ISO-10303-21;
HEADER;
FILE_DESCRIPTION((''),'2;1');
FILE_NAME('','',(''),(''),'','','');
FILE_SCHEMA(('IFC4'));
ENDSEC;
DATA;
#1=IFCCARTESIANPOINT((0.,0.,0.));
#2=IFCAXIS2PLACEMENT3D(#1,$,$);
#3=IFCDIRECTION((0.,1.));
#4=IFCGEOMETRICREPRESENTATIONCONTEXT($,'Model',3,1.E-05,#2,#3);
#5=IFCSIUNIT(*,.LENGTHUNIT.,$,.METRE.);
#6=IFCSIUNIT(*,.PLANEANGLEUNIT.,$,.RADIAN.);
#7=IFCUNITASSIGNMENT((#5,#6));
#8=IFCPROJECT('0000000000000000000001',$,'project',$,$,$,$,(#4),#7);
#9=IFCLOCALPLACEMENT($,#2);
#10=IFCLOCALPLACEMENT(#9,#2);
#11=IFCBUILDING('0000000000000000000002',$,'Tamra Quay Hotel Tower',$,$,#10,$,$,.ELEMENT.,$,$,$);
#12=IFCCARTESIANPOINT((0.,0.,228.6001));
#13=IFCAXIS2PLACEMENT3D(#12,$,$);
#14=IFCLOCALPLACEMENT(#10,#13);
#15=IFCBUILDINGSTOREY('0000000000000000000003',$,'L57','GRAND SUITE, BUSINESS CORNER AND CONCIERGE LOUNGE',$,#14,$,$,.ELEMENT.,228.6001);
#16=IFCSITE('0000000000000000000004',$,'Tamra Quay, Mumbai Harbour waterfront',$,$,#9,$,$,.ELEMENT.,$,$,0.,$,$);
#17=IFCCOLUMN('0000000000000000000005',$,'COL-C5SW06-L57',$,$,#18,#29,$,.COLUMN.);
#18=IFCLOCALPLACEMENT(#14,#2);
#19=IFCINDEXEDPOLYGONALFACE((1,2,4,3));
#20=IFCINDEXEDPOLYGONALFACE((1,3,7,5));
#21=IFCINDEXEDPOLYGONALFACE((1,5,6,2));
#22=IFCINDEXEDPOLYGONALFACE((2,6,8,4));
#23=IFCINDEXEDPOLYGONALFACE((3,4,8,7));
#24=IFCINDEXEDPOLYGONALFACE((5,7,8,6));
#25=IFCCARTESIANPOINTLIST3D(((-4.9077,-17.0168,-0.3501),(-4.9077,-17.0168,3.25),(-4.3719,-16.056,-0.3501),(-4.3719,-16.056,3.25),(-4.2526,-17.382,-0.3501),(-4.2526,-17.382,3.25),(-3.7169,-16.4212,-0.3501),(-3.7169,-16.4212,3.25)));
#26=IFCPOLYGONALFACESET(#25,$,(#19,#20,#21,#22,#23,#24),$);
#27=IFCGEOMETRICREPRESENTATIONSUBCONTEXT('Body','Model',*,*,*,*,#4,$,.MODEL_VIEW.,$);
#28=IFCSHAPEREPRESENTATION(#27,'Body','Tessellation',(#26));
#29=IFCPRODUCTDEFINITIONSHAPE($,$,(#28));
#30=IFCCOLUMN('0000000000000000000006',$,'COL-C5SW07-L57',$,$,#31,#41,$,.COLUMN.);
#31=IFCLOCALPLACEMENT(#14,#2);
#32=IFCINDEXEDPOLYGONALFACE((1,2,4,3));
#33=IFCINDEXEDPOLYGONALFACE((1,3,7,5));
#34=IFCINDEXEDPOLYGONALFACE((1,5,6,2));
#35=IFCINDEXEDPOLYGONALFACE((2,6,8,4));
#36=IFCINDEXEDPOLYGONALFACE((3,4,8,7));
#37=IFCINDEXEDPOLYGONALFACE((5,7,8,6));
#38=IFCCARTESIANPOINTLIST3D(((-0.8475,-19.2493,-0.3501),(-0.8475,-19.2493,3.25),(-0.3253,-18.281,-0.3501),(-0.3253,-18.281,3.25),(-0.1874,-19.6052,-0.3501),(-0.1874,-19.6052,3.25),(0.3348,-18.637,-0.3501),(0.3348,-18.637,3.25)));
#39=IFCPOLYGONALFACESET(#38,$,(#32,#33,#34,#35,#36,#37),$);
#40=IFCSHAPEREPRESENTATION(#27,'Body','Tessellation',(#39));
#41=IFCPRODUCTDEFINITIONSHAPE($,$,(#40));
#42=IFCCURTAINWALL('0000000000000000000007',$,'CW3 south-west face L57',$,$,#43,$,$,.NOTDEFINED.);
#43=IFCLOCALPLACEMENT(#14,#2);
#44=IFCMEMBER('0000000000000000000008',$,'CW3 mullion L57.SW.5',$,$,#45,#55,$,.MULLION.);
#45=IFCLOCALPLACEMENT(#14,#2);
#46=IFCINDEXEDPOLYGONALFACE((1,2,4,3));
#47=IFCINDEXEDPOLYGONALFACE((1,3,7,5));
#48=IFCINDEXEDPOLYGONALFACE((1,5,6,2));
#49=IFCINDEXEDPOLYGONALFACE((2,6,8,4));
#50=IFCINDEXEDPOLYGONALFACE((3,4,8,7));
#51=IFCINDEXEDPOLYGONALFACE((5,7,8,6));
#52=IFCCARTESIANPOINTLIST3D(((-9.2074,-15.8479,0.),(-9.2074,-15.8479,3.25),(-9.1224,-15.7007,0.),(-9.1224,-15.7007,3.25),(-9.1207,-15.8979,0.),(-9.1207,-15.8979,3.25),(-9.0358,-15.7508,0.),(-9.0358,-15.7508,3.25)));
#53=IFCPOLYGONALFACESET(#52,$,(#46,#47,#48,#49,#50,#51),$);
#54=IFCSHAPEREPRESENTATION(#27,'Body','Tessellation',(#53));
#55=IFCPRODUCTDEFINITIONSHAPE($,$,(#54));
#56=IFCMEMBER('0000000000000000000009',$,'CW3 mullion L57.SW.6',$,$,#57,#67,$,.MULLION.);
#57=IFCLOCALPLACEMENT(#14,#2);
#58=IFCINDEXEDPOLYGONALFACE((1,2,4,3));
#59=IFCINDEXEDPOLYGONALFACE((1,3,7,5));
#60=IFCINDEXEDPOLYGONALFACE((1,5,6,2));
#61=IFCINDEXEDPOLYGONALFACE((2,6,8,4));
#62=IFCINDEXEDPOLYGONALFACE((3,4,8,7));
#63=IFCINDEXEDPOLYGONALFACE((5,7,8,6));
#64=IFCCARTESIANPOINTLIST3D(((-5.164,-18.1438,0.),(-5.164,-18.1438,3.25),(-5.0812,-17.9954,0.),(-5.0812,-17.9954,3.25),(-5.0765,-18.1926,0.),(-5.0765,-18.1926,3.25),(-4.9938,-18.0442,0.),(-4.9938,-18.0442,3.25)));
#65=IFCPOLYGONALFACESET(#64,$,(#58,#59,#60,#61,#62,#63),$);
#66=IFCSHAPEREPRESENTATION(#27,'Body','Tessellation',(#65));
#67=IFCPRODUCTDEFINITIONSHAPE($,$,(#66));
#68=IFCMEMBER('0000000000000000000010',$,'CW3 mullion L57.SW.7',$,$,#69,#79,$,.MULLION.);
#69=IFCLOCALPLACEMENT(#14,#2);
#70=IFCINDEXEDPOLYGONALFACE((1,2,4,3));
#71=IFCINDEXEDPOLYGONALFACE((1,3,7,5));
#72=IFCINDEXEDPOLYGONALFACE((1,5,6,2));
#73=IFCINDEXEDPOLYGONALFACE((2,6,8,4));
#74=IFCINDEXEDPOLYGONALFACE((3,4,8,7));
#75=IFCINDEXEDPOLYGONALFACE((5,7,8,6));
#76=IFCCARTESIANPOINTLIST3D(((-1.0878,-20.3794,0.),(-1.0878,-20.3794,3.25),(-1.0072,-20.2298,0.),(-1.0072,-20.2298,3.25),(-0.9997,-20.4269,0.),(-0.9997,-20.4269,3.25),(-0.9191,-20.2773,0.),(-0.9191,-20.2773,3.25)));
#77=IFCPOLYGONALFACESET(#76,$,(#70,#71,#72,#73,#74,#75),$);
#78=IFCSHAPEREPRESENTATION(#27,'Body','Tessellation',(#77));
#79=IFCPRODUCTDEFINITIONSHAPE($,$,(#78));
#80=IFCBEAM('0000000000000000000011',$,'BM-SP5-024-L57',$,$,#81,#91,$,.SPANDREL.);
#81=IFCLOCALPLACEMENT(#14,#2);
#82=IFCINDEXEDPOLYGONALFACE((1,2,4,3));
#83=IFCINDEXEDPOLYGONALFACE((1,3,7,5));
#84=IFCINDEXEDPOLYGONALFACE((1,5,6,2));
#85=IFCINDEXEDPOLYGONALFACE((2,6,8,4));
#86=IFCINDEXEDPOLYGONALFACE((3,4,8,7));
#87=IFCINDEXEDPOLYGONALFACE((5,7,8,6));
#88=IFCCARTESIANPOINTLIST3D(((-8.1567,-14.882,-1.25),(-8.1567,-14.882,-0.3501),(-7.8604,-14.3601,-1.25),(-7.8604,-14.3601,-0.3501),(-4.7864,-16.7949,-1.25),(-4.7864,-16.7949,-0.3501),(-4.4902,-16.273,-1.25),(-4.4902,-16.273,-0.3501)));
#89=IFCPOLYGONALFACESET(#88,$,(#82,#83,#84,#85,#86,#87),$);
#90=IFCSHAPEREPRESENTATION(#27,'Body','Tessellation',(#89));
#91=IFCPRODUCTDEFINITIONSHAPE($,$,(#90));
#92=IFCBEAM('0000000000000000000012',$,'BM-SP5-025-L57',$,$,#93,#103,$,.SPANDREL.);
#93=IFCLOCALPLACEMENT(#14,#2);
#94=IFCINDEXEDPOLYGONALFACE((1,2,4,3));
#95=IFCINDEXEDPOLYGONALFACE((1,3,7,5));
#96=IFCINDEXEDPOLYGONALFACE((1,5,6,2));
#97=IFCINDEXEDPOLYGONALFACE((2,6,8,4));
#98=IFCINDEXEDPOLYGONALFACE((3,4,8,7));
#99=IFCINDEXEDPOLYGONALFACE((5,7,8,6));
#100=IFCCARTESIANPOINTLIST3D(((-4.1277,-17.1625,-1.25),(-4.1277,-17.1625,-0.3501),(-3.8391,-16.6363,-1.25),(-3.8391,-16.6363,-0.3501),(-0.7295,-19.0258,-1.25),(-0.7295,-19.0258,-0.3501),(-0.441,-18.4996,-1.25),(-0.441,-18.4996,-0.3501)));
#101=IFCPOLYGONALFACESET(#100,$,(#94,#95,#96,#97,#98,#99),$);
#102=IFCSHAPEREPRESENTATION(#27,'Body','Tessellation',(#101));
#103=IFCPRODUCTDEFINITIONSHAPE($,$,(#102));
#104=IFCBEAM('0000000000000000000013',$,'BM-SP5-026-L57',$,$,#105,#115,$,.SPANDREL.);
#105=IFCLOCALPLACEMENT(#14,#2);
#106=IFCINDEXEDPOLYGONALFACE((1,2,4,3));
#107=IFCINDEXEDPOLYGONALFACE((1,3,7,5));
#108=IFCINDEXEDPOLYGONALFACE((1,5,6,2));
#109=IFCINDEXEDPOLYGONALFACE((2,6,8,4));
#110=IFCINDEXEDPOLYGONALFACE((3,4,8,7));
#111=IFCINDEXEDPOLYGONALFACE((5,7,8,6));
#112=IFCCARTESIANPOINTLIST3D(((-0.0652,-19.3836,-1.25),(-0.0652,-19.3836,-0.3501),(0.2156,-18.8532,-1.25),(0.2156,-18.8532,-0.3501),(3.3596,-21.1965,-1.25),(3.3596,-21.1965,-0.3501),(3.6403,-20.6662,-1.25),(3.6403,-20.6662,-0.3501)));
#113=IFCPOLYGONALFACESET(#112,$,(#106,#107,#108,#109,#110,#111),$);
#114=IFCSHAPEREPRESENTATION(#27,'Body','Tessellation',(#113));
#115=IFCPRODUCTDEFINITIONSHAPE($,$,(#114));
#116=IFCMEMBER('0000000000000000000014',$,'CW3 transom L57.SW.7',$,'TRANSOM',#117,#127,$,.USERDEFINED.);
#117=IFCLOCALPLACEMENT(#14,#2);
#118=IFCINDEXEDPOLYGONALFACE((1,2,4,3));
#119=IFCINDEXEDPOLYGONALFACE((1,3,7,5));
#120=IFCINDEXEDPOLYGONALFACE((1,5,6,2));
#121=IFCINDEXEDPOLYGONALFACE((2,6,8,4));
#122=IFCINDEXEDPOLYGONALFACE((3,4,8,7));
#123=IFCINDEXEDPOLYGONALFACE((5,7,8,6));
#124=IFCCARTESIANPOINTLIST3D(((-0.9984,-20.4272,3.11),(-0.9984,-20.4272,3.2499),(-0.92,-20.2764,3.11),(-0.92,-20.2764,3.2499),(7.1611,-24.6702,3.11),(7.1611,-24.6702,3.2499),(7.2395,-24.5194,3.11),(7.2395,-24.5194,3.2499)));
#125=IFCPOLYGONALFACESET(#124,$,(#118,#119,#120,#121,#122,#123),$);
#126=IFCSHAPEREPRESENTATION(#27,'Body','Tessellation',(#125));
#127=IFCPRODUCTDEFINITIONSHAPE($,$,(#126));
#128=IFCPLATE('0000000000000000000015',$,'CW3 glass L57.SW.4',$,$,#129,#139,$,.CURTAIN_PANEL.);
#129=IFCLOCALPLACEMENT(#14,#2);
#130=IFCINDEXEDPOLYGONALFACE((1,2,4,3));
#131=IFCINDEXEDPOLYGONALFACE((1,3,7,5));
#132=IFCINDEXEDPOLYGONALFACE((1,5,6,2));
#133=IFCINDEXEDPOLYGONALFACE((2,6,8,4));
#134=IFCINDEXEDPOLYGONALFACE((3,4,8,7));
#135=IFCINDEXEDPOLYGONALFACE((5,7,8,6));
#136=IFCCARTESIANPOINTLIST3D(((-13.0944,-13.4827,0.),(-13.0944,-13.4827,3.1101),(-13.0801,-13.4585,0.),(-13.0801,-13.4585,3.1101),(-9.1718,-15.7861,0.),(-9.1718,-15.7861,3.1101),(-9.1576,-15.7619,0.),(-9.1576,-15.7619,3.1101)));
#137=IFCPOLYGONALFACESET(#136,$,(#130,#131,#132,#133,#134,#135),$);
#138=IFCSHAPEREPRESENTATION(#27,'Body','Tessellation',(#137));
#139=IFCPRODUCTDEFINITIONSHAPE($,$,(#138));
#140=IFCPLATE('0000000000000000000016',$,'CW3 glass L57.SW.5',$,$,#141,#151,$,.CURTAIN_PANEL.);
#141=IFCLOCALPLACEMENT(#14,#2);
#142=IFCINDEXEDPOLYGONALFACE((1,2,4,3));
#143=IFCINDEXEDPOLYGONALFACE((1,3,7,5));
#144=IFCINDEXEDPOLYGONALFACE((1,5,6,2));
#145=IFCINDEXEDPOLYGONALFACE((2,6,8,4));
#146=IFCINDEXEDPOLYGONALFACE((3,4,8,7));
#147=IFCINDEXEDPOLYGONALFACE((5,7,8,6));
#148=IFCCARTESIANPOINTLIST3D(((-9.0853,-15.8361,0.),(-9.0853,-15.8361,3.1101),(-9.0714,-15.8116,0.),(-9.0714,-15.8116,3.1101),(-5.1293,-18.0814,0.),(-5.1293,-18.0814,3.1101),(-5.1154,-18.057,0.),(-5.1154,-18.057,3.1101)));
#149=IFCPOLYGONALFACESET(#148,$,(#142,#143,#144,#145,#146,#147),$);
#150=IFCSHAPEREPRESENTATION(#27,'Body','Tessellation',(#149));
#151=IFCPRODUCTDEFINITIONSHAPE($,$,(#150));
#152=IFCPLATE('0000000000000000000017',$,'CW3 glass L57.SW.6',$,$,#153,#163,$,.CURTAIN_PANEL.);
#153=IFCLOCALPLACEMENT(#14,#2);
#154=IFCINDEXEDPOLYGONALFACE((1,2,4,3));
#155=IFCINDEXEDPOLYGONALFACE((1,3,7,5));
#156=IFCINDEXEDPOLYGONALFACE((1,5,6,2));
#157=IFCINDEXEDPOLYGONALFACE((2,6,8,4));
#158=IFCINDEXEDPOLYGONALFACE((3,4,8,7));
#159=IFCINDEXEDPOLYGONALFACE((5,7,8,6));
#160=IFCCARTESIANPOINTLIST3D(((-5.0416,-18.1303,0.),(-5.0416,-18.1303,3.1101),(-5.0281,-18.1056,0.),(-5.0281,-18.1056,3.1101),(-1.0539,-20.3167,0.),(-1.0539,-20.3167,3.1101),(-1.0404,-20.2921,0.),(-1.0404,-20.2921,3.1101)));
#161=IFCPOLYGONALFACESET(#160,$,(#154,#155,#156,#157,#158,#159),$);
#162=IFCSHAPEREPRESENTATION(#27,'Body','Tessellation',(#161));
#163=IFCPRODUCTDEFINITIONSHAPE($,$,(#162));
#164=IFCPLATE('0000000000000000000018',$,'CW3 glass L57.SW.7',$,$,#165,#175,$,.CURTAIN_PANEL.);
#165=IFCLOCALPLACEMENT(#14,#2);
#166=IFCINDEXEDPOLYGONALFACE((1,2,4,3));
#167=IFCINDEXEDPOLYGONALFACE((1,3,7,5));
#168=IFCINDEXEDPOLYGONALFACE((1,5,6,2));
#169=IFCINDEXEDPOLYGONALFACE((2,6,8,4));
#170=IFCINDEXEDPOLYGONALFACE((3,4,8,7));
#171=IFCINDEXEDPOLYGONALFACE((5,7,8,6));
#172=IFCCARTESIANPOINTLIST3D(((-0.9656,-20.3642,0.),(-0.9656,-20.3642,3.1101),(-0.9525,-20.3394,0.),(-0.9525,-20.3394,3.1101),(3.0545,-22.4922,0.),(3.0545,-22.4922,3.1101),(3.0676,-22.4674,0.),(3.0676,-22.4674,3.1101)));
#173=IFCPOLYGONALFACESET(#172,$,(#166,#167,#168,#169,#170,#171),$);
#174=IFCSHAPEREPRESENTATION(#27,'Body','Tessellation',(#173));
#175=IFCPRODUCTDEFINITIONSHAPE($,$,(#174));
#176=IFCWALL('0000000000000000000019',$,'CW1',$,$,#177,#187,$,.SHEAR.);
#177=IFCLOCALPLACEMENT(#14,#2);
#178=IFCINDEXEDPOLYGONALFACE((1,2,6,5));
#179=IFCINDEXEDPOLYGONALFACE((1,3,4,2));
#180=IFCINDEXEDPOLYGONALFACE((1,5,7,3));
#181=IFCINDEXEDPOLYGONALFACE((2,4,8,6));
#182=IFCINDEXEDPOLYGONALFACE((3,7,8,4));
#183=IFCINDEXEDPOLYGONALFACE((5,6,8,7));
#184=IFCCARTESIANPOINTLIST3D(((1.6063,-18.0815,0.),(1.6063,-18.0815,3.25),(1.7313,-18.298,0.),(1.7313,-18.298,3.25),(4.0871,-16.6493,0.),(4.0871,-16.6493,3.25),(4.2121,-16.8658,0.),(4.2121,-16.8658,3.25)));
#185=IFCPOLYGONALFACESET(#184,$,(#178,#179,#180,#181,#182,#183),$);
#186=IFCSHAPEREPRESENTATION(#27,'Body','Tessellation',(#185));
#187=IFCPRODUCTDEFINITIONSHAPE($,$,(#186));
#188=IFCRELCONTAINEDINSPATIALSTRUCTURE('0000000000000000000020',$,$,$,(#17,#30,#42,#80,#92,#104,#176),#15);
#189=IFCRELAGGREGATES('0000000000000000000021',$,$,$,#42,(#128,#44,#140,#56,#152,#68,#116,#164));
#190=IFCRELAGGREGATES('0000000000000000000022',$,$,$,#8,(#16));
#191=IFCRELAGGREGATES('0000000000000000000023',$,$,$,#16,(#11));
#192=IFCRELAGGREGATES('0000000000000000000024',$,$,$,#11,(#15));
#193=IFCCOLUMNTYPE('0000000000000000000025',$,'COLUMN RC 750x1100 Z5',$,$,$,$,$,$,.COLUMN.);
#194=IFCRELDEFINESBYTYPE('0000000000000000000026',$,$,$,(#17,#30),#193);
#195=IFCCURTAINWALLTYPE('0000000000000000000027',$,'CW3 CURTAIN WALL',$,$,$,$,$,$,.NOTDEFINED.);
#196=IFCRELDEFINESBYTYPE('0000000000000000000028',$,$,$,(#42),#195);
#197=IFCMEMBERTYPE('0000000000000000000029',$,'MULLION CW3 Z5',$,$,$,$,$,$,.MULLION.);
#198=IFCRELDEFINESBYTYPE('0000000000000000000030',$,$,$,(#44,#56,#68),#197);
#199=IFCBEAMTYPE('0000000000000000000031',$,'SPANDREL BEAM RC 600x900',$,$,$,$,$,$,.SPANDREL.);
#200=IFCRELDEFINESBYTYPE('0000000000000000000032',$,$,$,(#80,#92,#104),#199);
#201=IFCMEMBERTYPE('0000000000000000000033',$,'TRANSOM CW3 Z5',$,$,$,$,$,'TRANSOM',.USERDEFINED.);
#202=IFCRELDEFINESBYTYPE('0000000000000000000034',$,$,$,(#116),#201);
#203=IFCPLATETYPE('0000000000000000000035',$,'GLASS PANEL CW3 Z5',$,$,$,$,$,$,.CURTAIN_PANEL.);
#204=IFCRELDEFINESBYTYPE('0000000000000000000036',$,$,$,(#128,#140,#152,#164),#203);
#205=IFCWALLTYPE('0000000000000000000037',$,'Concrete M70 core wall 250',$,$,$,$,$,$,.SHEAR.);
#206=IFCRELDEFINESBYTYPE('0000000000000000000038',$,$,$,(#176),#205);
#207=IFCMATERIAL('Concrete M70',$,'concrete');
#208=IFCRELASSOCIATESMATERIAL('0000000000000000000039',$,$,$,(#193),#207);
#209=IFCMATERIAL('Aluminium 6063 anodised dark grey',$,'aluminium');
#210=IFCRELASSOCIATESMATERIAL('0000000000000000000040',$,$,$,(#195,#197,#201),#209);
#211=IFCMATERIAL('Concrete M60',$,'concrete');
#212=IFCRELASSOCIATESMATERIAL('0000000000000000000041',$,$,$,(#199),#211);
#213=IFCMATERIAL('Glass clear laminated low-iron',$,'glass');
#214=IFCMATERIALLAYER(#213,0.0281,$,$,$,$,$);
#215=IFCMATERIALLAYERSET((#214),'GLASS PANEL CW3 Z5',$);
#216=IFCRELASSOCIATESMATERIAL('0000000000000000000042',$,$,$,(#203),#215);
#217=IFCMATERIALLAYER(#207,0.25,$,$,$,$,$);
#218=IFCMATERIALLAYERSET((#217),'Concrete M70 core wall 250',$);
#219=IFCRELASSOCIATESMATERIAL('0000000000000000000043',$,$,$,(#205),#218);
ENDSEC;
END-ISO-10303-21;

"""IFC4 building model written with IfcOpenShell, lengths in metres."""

from ifc_helpers import new_model, si_unit, direction, frame, frame_2d, origin, origin_2d, place, context, subcontext, project, spatial, rectangle, extrude, material, layer, layer_set, material_profile, profile_set, type_object, element, aggregate, save


model = new_model("IFC4")

# Units and contexts
model_context = context("Model", 3, precision=1e-05, world=origin(), true_north=direction((0.0, 1.0)))
body_context = subcontext(model_context, "Body", "Model", "MODEL_VIEW")
ifc_project = project(units=[si_unit("LENGTHUNIT", "METRE"), si_unit("PLANEANGLEUNIT", "RADIAN")], contexts=[model_context])

# Site, building, storey
site_placement = place(None, origin())
site = spatial("IfcSite", under=ifc_project, at=site_placement, Name="Tamra Quay, Mumbai Harbour waterfront", CompositionType="ELEMENT", RefElevation=0.0)
building_placement = place(site_placement, origin())
building = spatial("IfcBuilding", under=site, at=building_placement, Name="Tamra Quay Hotel Tower", CompositionType="ELEMENT")
storey_placement = place(building_placement, frame((0.0, 0.0, 228.6001)))
storey = spatial("IfcBuildingStorey", under=building, at=storey_placement, Name="L57", Description="GRAND SUITE, BUSINESS CORNER AND CONCIERGE LOUNGE", CompositionType="ELEMENT", Elevation=228.6001)

# Columns
ifc_material_1 = material(Name="Concrete M70", Category="concrete")
ifc_material_profile_1 = material_profile(ifc_material_1, rectangle(XDim=1.1001, YDim=0.75, at=origin_2d()), Name="COLUMN RC 750x1100 Z5")
ifc_profile_set_1 = profile_set([ifc_material_profile_1], Name="Concrete M70")
column_type = type_object("IfcColumnType", Name="COLUMN RC 750x1100 Z5", PredefinedType="COLUMN", material=ifc_profile_set_1)
for number, where, z_axis, x_axis, name in (
    (1, (-4.3123, -16.719, -0.3501), (0.0, 0.0, 1.0), (0.486989, 0.873408, 0.0), "COL-C5SW06-L57"),
    (2, (-0.2563, -18.9431, -0.3501), (0.0, 0.0, 1.0), (0.474651, 0.880174, 0.0), "COL-C5SW07-L57"),
):
    element("IfcColumn", number, at=place(storey_placement, frame(where, z_axis=z_axis, x_axis=x_axis)), inside=storey, type_object=column_type, Name=name, PredefinedType="COLUMN", context=body_context, shape_type="SweptSolid", body=[
        extrude(rectangle(XDim=1.1001, YDim=0.75, at=origin_2d()), origin(), (0.0, 0.0, 1.0), 3.6001),
    ])

# Curtain wall, members
ifc_material_2 = material(Name="Aluminium 6063 anodised dark grey", Category="aluminium")
curtain_wall_type = type_object("IfcCurtainWallType", Name="CW3 CURTAIN WALL", PredefinedType="NOTDEFINED", material=ifc_material_2)
curtain_wall_placement = place(storey_placement, origin())
curtain_wall = element("IfcCurtainWall", 3, at=curtain_wall_placement, inside=storey, type_object=curtain_wall_type, Name="CW3 south-west face L57", PredefinedType="NOTDEFINED")
ifc_material_profile_2 = material_profile(ifc_material_2, rectangle(XDim=0.1699, YDim=0.1001, at=origin_2d()), Name="MULLION 100X170")
ifc_profile_set_2 = profile_set([ifc_material_profile_2], Name="Aluminium 6063 anodised dark grey")
member_type_1 = type_object("IfcMemberType", Name="MULLION CW3 Z5", PredefinedType="MULLION", material=ifc_profile_set_2)
member_1_placement = place(storey_placement, frame((-9.1216, -15.7993, 0.0), z_axis=(0.0, 0.0, 1.0), x_axis=(-0.5, -0.866025, 0.0)))
member_1 = element("IfcMember", 4, at=member_1_placement, type_object=member_type_1, Name="CW3 mullion L57.SW.5", PredefinedType="MULLION", context=body_context, shape_type="SweptSolid", body=[
    extrude(rectangle(XDim=0.1699, YDim=0.1001, at=origin_2d()), origin(), (0.0, 0.0, 1.0), 3.25),
])
member_2_placement = place(storey_placement, frame((-5.0789, -18.094, 0.0), z_axis=(0.0, 0.0, 1.0), x_axis=(-0.487204, -0.873288, 0.0)))
member_2 = element("IfcMember", 5, at=member_2_placement, type_object=member_type_1, Name="CW3 mullion L57.SW.6", PredefinedType="MULLION", context=body_context, shape_type="SweptSolid", body=[
    extrude(rectangle(XDim=0.1699, YDim=0.1001, at=origin_2d()), origin(), (0.0, 0.0, 1.0), 3.25),
])
member_3_placement = place(storey_placement, frame((-1.0034, -20.3284, 0.0), z_axis=(0.0, 0.0, 1.0), x_axis=(-0.474319, -0.880353, 0.0)))
member_3 = element("IfcMember", 6, at=member_3_placement, type_object=member_type_1, Name="CW3 mullion L57.SW.7", PredefinedType="MULLION", context=body_context, shape_type="SweptSolid", body=[
    extrude(rectangle(XDim=0.1699, YDim=0.1001, at=origin_2d()), origin(), (0.0, 0.0, 1.0), 3.25),
])

# Beams
ifc_material_3 = material(Name="Concrete M60", Category="concrete")
ifc_material_profile_3 = material_profile(ifc_material_3, rectangle(XDim=0.6001, YDim=0.8999, at=origin_2d()), Name="SPANDREL BEAM RC 600x900")
ifc_profile_set_3 = profile_set([ifc_material_profile_3], Name="Concrete M60")
beam_type = type_object("IfcBeamType", Name="SPANDREL BEAM RC 600x900", PredefinedType="SPANDREL", material=ifc_profile_set_3)
beam_1_placement = place(storey_placement, frame((-8.0085, -14.6211, -0.8), z_axis=(0.869678, -0.49362, 0.0), x_axis=(0.49362, 0.869678, 0.0)))
element("IfcBeam", 7, at=beam_1_placement, inside=storey, type_object=beam_type, Name="BM-SP5-024-L57", PredefinedType="SPANDREL", context=body_context, shape_type="SweptSolid", body=[
    extrude(rectangle(XDim=0.6001, YDim=0.8999, at=origin_2d()), origin(), (0.0, 0.0, 1.0), 3.8752),
])
beam_2_placement = place(storey_placement, frame((-3.9834, -16.8994, -0.8), z_axis=(0.876839, -0.480784, 0.0), x_axis=(0.480784, 0.876839, 0.0)))
element("IfcBeam", 8, at=beam_2_placement, inside=storey, type_object=beam_type, Name="BM-SP5-025-L57", PredefinedType="SPANDREL", context=body_context, shape_type="SweptSolid", body=[
    extrude(rectangle(XDim=0.6001, YDim=0.8999, at=origin_2d()), origin(), (0.0, 0.0, 1.0), 3.8755),
])
beam_3_placement = place(storey_placement, frame((0.0752, -19.1184, -0.8), z_axis=(0.883803, -0.467859, 0.0), x_axis=(0.467859, 0.883803, 0.0)))
element("IfcBeam", 9, at=beam_3_placement, inside=storey, type_object=beam_type, Name="BM-SP5-026-L57", PredefinedType="SPANDREL", context=body_context, shape_type="SweptSolid", body=[
    extrude(rectangle(XDim=0.6001, YDim=0.8999, at=origin_2d()), origin(), (0.0, 0.0, 1.0), 3.875),
])

# Member
ifc_material_profile_4 = material_profile(ifc_material_2, rectangle(XDim=0.1699, YDim=0.1399, at=origin_2d()), Name="TRANSOM 170X140")
ifc_profile_set_4 = profile_set([ifc_material_profile_4], Name="Aluminium 6063 anodised dark grey")
member_type_2 = type_object("IfcMemberType", Name="TRANSOM CW3 Z5", ElementType="TRANSOM", PredefinedType="USERDEFINED", material=ifc_profile_set_4)
member_4_placement = place(storey_placement, frame((-0.9592, -20.3518, 3.1799), z_axis=(0.887216, -0.461354, 0.0), x_axis=(0.461354, 0.887216, 0.0)))
member_4 = element("IfcMember", 10, at=member_4_placement, type_object=member_type_2, Name="CW3 transom L57.SW.7", ObjectType="TRANSOM", PredefinedType="USERDEFINED", context=body_context, shape_type="SweptSolid", body=[
    extrude(rectangle(XDim=0.1699, YDim=0.1399, at=origin_2d()), origin(), (0.0, 0.0, 1.0), 9.1968),
])

# Plates
ifc_material_4 = material(Name="Glass clear laminated low-iron", Category="glass")
ifc_layer_1 = layer(ifc_material_4, 0.0281)
ifc_layer_set_1 = layer_set([ifc_layer_1], Name="GLASS PANEL CW3 Z5")
plate_type = type_object("IfcPlateType", Name="GLASS PANEL CW3 Z5", PredefinedType="CURTAIN_PANEL", material=ifc_layer_set_1)
plate_1_placement = place(storey_placement, frame((-11.126, -14.6223, 0.0), z_axis=(0.0, 0.0, 1.0), x_axis=(0.862321, -0.506362, 0.0)))
plate_1 = element("IfcPlate", 11, at=plate_1_placement, type_object=plate_type, Name="CW3 glass L57.SW.4", PredefinedType="CURTAIN_PANEL", context=body_context, shape_type="SweptSolid", body=[
    extrude(rectangle(XDim=4.5488, YDim=0.0281, at=origin_2d()), origin(), (0.0, 0.0, 1.0), 3.1101),
])
plate_2_placement = place(storey_placement, frame((-7.1003, -16.9465, 0.0), z_axis=(0.0, 0.0, 1.0), x_axis=(0.869683, -0.493611, 0.0)))
plate_2 = element("IfcPlate", 12, at=plate_2_placement, type_object=plate_type, Name="CW3 glass L57.SW.5", PredefinedType="CURTAIN_PANEL", context=body_context, shape_type="SweptSolid", body=[
    extrude(rectangle(XDim=4.5488, YDim=0.0281, at=origin_2d()), origin(), (0.0, 0.0, 1.0), 3.1101),
])
plate_3_placement = place(storey_placement, frame((-3.041, -19.2112, 0.0), z_axis=(0.0, 0.0, 1.0), x_axis=(0.876846, -0.480771, 0.0)))
plate_3 = element("IfcPlate", 13, at=plate_3_placement, type_object=plate_type, Name="CW3 glass L57.SW.6", PredefinedType="CURTAIN_PANEL", context=body_context, shape_type="SweptSolid", body=[
    extrude(rectangle(XDim=4.5479, YDim=0.0281, at=origin_2d()), origin(), (0.0, 0.0, 1.0), 3.1101),
])
plate_4_placement = place(storey_placement, frame((1.051, -21.4158, 0.0), z_axis=(0.0, 0.0, 1.0), x_axis=(0.883813, -0.467841, 0.0)))
plate_4 = element("IfcPlate", 14, at=plate_4_placement, type_object=plate_type, Name="CW3 glass L57.SW.7", PredefinedType="CURTAIN_PANEL", context=body_context, shape_type="SweptSolid", body=[
    extrude(rectangle(XDim=4.5486, YDim=0.0281, at=origin_2d()), origin(), (0.0, 0.0, 1.0), 3.1101),
])
aggregate(curtain_wall, [plate_1, member_1, plate_2, member_2, plate_3, member_3, member_4, plate_4])

# Wall
ifc_layer_2 = layer(ifc_material_1, 0.25)
ifc_layer_set_2 = layer_set([ifc_layer_2], Name="Concrete M70 core wall 250")
wall_type_1 = type_object("IfcWallType", Name="Concrete M70 core wall 250", PredefinedType="SHEAR", material=ifc_layer_set_2)
wall_1_placement = place(storey_placement, frame((1.6689, -18.1897, 0.0), z_axis=(0.0, 0.0, 1.0), x_axis=(0.866042, 0.499971, 0.0)))
element("IfcWall", 15, at=wall_1_placement, inside=storey, type_object=wall_type_1, Name="CW1", PredefinedType="SHEAR", context=body_context, shape_type="SweptSolid", body=[
    extrude(rectangle(XDim=2.8645, YDim=0.25, at=frame_2d((1.4321, 0.0))), origin(), (0.0, 0.0, 1.0), 3.25),
])

save(model, "model.ifc")
